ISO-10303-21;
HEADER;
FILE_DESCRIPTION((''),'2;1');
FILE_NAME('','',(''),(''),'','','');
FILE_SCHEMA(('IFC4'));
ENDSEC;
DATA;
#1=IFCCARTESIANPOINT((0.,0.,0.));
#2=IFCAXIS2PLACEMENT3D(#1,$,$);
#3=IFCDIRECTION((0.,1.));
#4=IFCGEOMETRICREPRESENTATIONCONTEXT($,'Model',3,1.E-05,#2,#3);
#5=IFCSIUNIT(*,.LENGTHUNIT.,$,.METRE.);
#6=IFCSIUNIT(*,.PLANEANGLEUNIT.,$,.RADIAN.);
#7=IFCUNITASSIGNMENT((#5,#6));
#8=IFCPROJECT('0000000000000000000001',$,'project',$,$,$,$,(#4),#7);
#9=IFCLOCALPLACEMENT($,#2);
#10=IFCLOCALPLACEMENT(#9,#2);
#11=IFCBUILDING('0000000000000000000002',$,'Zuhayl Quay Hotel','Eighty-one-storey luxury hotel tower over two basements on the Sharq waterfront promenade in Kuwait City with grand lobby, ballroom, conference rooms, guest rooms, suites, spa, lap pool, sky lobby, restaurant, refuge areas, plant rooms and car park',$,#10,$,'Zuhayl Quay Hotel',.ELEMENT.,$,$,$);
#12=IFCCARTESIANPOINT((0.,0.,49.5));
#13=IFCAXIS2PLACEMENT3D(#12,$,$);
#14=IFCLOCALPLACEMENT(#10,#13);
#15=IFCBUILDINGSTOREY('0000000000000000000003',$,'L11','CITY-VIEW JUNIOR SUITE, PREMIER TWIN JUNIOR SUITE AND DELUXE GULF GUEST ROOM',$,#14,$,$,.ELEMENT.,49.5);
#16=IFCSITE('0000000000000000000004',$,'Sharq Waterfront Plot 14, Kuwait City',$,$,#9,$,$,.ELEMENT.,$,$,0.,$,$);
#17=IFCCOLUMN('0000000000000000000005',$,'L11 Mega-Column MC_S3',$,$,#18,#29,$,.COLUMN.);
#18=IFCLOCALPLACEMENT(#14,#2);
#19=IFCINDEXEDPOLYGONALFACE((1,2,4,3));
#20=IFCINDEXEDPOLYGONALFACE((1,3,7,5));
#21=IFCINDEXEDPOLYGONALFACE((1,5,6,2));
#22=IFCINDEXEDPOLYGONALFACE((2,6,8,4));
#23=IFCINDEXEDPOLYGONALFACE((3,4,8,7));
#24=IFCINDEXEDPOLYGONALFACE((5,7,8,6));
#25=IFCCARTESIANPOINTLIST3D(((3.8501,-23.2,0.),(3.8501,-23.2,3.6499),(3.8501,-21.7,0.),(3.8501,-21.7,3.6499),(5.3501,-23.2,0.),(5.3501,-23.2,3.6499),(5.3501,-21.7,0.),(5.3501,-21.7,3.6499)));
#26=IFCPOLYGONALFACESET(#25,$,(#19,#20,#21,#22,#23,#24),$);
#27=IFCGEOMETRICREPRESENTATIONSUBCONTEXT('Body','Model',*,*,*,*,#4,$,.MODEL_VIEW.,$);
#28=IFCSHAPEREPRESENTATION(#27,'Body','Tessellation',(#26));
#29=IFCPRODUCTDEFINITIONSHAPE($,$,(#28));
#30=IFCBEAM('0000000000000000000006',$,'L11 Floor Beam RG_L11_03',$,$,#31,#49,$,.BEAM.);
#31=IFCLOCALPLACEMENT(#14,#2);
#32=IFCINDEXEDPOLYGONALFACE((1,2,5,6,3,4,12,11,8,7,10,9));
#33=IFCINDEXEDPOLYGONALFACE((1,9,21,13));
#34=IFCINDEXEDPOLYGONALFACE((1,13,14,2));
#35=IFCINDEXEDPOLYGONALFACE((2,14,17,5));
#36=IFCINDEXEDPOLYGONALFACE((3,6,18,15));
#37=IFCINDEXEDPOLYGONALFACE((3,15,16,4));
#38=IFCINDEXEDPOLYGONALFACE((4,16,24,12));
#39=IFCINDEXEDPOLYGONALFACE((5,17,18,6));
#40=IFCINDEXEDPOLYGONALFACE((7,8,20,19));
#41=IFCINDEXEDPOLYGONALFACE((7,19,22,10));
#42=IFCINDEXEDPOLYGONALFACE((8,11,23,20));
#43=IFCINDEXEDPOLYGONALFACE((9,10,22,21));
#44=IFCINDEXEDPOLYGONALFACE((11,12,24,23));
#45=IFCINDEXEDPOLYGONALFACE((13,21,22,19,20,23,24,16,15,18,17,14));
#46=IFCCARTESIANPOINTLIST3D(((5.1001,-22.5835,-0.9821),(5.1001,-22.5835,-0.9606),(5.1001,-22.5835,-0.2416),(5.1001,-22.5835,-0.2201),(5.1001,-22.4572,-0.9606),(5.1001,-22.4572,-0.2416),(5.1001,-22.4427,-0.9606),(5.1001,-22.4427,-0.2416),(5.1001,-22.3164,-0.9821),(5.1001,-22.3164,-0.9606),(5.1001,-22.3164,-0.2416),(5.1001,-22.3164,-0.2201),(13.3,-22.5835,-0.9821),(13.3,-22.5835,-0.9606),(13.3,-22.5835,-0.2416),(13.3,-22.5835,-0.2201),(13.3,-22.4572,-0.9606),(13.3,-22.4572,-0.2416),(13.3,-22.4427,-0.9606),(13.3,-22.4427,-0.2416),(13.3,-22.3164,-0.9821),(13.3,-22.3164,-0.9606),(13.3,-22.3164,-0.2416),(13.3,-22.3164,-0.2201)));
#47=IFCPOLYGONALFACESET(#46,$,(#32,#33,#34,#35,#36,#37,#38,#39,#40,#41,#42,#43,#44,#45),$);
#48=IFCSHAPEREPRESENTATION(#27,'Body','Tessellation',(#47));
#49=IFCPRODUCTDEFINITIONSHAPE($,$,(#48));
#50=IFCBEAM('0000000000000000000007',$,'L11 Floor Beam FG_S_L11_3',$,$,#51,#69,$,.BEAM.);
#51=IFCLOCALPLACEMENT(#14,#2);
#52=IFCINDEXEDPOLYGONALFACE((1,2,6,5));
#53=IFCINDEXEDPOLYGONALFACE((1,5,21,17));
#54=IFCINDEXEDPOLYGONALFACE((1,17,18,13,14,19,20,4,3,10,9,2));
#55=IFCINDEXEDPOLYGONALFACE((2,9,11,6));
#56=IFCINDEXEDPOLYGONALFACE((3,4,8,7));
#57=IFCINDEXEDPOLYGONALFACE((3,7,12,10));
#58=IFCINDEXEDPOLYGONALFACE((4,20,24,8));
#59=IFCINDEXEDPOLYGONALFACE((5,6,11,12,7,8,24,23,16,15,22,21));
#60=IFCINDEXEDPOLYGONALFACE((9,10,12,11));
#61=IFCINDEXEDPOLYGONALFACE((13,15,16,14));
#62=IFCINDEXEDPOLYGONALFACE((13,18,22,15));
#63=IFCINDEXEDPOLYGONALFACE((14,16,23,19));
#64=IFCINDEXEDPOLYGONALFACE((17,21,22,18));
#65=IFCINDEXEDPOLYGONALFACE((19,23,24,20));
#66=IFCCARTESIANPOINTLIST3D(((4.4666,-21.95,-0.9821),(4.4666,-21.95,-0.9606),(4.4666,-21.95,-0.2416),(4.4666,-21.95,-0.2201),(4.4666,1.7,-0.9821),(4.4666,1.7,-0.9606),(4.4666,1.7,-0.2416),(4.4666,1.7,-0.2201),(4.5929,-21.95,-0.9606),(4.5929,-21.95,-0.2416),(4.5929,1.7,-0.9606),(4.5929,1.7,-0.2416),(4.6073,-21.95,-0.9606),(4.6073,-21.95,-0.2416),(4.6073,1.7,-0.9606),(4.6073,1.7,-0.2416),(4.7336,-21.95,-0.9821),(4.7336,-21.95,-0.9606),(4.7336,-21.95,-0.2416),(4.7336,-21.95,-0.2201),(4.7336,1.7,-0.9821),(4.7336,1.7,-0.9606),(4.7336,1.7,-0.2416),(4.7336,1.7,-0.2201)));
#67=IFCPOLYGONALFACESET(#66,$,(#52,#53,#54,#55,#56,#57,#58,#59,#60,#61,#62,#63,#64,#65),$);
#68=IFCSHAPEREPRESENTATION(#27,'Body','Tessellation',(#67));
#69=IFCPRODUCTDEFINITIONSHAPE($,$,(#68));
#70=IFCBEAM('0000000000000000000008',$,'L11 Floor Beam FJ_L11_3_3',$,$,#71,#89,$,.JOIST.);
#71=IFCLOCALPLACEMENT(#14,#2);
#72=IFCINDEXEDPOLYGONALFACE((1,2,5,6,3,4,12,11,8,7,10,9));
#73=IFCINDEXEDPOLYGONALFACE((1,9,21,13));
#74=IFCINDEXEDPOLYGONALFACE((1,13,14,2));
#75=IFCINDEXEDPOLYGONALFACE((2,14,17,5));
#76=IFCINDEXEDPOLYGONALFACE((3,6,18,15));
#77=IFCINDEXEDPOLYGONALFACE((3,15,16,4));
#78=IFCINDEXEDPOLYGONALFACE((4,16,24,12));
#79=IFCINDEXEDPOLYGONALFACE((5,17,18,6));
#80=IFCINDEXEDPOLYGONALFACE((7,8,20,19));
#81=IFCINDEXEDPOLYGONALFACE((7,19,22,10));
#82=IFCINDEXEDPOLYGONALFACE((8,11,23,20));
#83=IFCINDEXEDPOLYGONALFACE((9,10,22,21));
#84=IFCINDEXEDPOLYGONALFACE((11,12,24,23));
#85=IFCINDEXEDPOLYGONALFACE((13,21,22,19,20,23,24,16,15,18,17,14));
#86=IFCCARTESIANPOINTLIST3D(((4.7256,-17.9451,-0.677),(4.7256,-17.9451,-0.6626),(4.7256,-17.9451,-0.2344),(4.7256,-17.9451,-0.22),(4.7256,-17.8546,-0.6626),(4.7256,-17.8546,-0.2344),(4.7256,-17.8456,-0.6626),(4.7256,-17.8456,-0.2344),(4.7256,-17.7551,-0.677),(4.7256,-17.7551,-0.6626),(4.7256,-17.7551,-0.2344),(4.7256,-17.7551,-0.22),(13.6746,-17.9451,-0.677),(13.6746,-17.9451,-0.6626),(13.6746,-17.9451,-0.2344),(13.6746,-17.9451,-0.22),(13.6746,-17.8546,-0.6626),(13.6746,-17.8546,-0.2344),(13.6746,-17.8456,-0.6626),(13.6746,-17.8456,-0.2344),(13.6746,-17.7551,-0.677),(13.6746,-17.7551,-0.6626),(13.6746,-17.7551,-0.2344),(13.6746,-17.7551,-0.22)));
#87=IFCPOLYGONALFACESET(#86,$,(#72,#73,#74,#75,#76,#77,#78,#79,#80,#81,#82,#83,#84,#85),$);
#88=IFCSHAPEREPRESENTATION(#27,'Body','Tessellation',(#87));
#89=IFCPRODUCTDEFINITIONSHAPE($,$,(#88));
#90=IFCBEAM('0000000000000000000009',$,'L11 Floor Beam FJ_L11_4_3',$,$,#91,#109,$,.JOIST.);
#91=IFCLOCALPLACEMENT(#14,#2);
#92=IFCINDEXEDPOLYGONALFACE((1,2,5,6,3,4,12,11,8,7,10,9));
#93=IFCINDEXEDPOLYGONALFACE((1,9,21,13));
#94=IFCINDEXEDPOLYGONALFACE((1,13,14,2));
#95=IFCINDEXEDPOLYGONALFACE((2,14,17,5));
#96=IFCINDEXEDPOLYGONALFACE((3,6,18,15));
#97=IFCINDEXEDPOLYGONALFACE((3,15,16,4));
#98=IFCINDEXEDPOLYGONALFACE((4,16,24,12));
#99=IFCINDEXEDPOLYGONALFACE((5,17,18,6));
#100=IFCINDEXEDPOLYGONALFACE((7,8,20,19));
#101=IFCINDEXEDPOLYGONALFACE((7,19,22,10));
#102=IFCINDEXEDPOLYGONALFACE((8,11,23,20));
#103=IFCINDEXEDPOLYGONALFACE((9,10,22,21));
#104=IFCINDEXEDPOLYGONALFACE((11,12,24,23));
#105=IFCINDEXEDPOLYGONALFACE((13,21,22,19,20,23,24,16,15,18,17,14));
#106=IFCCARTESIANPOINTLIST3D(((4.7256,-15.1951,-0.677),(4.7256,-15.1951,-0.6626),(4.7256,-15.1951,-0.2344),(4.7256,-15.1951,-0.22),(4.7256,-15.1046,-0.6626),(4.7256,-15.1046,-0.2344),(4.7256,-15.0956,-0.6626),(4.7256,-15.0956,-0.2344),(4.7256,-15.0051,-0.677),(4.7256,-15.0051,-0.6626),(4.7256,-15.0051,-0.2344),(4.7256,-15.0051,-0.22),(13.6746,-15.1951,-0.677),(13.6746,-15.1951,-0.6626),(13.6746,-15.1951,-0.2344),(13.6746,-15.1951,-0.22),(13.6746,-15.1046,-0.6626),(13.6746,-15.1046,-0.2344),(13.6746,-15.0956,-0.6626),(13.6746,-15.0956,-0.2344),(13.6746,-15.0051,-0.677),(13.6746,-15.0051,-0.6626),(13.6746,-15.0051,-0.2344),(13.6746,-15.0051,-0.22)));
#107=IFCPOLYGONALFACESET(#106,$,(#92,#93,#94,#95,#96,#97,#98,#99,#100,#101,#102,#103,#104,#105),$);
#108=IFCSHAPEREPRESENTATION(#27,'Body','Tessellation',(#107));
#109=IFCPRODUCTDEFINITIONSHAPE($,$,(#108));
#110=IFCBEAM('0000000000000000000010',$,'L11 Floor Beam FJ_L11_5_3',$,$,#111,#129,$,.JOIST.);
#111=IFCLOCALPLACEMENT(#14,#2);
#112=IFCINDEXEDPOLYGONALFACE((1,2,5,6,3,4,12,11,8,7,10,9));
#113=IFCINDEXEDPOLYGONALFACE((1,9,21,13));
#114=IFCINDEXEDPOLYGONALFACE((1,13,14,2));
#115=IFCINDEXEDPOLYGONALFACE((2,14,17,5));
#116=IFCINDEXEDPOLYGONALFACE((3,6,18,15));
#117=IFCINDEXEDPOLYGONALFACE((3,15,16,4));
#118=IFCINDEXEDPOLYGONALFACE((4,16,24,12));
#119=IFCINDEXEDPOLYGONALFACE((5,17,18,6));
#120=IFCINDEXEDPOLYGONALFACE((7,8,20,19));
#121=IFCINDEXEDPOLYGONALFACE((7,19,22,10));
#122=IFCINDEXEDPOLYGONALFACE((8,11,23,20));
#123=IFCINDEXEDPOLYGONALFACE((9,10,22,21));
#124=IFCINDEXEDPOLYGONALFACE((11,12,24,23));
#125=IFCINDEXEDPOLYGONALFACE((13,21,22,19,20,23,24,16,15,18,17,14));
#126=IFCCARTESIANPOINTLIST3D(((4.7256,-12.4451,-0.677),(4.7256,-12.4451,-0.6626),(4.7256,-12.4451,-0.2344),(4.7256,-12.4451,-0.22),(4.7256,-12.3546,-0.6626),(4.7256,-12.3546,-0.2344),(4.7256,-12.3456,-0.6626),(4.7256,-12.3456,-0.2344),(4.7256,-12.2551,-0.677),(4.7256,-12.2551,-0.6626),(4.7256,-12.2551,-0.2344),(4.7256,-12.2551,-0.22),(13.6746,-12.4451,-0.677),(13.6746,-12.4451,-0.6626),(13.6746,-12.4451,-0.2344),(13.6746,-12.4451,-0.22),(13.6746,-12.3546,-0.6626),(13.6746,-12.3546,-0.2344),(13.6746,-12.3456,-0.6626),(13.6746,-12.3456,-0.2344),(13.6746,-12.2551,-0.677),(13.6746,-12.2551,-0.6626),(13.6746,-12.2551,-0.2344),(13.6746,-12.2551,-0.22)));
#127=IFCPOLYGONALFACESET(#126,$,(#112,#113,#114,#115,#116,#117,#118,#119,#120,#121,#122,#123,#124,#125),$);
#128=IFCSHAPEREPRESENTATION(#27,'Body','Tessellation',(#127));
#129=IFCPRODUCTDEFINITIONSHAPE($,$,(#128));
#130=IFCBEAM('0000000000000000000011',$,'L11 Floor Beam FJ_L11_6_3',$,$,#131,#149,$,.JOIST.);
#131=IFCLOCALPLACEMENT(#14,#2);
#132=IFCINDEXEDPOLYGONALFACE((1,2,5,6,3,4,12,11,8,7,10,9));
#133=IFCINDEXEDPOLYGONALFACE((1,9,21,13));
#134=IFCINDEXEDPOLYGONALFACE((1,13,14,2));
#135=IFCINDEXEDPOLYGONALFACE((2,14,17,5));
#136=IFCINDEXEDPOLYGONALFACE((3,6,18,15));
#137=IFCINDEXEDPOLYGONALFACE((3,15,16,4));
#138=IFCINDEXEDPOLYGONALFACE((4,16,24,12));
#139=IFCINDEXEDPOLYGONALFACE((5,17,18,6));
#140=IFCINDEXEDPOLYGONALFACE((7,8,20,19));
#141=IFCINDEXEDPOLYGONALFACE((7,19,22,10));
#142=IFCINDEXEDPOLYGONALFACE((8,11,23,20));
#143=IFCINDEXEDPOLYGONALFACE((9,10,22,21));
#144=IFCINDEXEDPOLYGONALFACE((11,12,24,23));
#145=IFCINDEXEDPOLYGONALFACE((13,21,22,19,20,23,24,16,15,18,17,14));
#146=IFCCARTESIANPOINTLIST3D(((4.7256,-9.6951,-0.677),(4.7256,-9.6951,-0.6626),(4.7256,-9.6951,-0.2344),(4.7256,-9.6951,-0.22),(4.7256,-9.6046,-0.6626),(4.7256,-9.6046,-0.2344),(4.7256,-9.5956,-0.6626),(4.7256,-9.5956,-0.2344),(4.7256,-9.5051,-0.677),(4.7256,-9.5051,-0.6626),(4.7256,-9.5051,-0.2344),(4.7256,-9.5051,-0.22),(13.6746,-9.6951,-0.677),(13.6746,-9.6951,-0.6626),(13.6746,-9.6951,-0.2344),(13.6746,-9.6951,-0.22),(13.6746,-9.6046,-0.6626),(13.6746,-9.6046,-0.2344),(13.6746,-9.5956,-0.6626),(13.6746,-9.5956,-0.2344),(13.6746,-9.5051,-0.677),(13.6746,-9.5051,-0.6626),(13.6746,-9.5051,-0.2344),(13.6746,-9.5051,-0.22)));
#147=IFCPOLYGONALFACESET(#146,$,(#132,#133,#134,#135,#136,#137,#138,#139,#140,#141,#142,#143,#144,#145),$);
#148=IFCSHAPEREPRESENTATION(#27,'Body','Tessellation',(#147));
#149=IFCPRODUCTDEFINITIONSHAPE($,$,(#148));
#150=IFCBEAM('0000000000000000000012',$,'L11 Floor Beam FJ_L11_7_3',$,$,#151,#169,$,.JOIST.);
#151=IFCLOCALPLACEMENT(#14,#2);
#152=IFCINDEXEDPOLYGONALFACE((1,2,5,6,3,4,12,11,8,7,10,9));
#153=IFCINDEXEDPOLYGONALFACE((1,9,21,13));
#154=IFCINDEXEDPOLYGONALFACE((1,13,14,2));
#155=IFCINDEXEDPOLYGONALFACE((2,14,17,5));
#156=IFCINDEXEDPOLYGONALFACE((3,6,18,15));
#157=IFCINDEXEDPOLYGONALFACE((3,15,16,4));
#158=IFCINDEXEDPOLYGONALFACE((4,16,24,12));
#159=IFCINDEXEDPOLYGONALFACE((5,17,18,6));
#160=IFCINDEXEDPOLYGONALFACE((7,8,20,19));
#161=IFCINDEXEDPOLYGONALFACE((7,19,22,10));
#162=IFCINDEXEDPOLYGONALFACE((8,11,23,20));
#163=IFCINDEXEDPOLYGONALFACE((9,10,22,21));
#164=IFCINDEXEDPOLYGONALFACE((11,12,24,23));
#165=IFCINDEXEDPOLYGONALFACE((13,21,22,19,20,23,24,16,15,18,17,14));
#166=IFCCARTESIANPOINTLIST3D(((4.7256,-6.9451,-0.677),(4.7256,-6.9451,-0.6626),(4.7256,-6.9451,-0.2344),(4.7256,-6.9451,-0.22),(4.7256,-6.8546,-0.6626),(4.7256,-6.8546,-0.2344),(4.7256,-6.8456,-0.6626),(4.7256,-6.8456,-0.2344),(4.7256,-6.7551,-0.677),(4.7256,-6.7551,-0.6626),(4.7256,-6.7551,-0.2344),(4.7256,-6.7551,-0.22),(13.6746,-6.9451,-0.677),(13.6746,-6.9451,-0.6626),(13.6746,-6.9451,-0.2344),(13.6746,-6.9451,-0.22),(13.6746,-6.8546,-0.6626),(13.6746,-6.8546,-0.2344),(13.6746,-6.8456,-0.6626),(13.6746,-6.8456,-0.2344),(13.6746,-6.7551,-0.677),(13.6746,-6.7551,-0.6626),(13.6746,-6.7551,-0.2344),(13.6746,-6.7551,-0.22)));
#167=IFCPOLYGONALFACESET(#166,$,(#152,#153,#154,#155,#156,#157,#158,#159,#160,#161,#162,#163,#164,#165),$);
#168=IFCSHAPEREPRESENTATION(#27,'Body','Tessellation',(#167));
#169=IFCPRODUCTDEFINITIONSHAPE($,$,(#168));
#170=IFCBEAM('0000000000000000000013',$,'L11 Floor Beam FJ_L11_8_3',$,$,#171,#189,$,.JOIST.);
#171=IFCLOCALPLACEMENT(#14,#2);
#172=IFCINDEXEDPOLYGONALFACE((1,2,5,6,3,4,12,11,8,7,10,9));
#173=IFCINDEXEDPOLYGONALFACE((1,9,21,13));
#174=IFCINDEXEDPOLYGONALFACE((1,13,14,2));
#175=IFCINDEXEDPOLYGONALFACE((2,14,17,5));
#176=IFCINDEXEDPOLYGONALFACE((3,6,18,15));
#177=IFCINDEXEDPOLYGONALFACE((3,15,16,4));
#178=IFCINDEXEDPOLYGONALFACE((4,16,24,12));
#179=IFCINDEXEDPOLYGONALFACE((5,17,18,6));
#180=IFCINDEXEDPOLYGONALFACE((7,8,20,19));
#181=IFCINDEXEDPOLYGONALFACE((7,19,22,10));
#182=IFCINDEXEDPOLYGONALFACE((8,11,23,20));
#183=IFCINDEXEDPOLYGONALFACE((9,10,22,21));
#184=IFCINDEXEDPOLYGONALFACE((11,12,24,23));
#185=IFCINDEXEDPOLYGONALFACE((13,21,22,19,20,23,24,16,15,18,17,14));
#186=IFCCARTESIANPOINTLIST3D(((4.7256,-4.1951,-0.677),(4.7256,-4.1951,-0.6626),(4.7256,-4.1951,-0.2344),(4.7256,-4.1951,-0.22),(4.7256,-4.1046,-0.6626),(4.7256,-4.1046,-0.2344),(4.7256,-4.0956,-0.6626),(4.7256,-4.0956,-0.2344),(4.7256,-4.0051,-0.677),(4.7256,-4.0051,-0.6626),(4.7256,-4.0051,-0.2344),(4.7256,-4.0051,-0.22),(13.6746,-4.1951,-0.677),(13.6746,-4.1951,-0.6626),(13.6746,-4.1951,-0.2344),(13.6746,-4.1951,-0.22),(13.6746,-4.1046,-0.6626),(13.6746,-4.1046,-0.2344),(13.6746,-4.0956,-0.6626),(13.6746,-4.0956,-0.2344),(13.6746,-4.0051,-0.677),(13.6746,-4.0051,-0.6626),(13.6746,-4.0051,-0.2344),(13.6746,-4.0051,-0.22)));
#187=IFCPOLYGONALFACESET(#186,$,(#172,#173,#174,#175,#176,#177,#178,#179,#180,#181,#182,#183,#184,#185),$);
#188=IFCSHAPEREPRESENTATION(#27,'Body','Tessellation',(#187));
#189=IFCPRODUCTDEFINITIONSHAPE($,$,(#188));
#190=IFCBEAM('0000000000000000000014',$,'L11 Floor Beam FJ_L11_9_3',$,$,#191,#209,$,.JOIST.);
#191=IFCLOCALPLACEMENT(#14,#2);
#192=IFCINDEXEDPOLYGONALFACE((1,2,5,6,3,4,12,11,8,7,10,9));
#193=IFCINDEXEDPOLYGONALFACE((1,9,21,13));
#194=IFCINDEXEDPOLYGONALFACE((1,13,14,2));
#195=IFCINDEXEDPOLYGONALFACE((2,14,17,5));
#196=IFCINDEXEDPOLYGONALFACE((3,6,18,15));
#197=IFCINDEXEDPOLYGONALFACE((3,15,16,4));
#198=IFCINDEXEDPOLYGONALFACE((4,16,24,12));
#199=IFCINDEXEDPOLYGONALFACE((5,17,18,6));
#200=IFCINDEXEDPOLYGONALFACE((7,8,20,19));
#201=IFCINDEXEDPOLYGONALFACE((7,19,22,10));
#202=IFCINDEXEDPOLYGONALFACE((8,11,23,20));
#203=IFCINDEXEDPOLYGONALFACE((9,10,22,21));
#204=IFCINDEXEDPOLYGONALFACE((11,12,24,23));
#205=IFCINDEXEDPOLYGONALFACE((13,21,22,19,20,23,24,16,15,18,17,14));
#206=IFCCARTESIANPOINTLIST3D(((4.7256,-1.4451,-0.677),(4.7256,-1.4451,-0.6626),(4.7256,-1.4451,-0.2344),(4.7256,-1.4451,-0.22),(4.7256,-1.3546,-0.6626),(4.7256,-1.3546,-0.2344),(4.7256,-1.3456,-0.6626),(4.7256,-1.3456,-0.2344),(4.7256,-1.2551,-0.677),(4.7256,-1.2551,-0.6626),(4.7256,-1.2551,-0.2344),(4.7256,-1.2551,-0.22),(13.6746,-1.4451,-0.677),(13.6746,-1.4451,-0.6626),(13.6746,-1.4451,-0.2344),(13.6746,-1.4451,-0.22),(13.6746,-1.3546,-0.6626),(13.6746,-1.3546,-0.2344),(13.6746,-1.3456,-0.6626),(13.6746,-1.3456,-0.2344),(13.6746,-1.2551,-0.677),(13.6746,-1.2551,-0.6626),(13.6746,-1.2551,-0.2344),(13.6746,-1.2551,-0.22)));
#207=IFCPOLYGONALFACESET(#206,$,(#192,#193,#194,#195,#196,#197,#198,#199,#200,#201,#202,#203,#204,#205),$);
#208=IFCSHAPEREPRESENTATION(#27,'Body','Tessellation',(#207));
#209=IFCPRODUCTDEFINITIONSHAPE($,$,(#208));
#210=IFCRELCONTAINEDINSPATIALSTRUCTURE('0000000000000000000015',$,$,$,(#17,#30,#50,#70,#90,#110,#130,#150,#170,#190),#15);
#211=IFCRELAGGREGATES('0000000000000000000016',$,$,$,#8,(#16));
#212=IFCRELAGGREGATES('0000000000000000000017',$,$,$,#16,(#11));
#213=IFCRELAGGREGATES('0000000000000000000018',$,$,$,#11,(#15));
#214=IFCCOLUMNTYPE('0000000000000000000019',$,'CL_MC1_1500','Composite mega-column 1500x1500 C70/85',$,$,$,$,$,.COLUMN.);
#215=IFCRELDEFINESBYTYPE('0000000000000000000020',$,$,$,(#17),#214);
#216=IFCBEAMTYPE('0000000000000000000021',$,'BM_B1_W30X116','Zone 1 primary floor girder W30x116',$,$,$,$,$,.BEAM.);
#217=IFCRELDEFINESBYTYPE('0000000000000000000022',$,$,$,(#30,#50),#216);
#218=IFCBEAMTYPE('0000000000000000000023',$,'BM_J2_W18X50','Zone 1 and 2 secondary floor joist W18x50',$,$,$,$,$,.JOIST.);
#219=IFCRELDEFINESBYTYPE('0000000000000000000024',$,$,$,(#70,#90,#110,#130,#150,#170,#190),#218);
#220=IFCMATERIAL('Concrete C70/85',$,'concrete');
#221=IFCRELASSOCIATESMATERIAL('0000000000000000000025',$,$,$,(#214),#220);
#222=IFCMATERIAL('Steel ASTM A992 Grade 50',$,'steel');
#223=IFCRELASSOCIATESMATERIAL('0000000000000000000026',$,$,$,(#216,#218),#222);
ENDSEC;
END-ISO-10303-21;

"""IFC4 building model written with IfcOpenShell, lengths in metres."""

from ifc_helpers import new_model, si_unit, direction, frame, origin, origin_2d, place, context, subcontext, project, spatial, rectangle, i_section, extrude, material, material_profile, profile_set, type_object, element, save


model = new_model("IFC4")

# Units and contexts
model_context = context("Model", 3, precision=1e-05, world=origin(), true_north=direction((0.0, 1.0)))
body_context = subcontext(model_context, "Body", "Model", "MODEL_VIEW")
ifc_project = project(units=[si_unit("LENGTHUNIT", "METRE"), si_unit("PLANEANGLEUNIT", "RADIAN")], contexts=[model_context])

# Site, building, storey
site_placement = place(None, origin())
site = spatial("IfcSite", under=ifc_project, at=site_placement, Name="Sharq Waterfront Plot 14, Kuwait City", CompositionType="ELEMENT", RefElevation=0.0)
building_placement = place(site_placement, origin())
building = spatial("IfcBuilding", under=site, at=building_placement, Name="Zuhayl Quay Hotel", Description="Eighty-one-storey luxury hotel tower over two basements on the Sharq waterfront promenade in Kuwait City with grand lobby, ballroom, conference rooms, guest rooms, suites, spa, lap pool, sky lobby, restaurant, refuge areas, plant rooms and car park", LongName="Zuhayl Quay Hotel", CompositionType="ELEMENT")
storey_placement = place(building_placement, frame((0.0, 0.0, 49.5)))
storey = spatial("IfcBuildingStorey", under=building, at=storey_placement, Name="L11", Description="CITY-VIEW JUNIOR SUITE, PREMIER TWIN JUNIOR SUITE AND DELUXE GULF GUEST ROOM", CompositionType="ELEMENT", Elevation=49.5)

# Column
ifc_material_1 = material(Name="Concrete C70/85", Category="concrete")
ifc_material_profile_1 = material_profile(ifc_material_1, rectangle(XDim=1.5, YDim=1.5, at=origin_2d()), Name="RC1500X1500")
ifc_profile_set_1 = profile_set([ifc_material_profile_1], Name="Concrete C70/85")
column_type = type_object("IfcColumnType", Name="CL_MC1_1500", Description="Composite mega-column 1500x1500 C70/85", PredefinedType="COLUMN", material=ifc_profile_set_1)
column_placement = place(storey_placement, frame((4.6001, -22.45, 0.0), z_axis=(0.0, 0.0, 1.0), x_axis=(1.0, 0.0, 0.0)))
element("IfcColumn", 1, at=column_placement, inside=storey, type_object=column_type, Name="L11 Mega-Column MC_S3", PredefinedType="COLUMN", context=body_context, shape_type="SweptSolid", body=[
    extrude(rectangle(XDim=1.5, YDim=1.5, at=origin_2d()), origin(), (0.0, 0.0, 1.0), 3.6499),
])

# Beams
ifc_material_2 = material(Name="Steel ASTM A992 Grade 50", Category="steel")
ifc_material_profile_2 = material_profile(ifc_material_2, i_section(OverallWidth=0.2671, OverallDepth=0.762, WebThickness=0.0144, FlangeThickness=0.0215, at=origin_2d()), Name="W30X116")
ifc_profile_set_2 = profile_set([ifc_material_profile_2], Name="Steel ASTM A992 Grade 50")
beam_type_1 = type_object("IfcBeamType", Name="BM_B1_W30X116", Description="Zone 1 primary floor girder W30x116", PredefinedType="BEAM", material=ifc_profile_set_2)
beam_1_placement = place(storey_placement, frame((5.1001, -22.45, -0.6011), z_axis=(1.0, 0.0, 0.0), x_axis=(0.0, 1.0, 0.0)))
element("IfcBeam", 2, at=beam_1_placement, inside=storey, type_object=beam_type_1, Name="L11 Floor Beam RG_L11_03", PredefinedType="BEAM", context=body_context, shape_type="SweptSolid", body=[
    extrude(i_section(OverallWidth=0.2671, OverallDepth=0.762, WebThickness=0.0144, FlangeThickness=0.0215, at=origin_2d()), origin(), (0.0, 0.0, 1.0), 8.2),
])
beam_2_placement = place(storey_placement, frame((4.6001, -21.95, -0.6011), z_axis=(0.0, 1.0, 0.0), x_axis=(-1.0, 0.0, 0.0)))
element("IfcBeam", 3, at=beam_2_placement, inside=storey, type_object=beam_type_1, Name="L11 Floor Beam FG_S_L11_3", PredefinedType="BEAM", context=body_context, shape_type="SweptSolid", body=[
    extrude(i_section(OverallWidth=0.2671, OverallDepth=0.762, WebThickness=0.0144, FlangeThickness=0.0215, at=origin_2d()), origin(), (0.0, 0.0, 1.0), 23.6499),
])
ifc_material_profile_3 = material_profile(ifc_material_2, i_section(OverallWidth=0.1899, OverallDepth=0.457, WebThickness=0.009, FlangeThickness=0.0144, at=origin_2d()), Name="W18X50")
ifc_profile_set_3 = profile_set([ifc_material_profile_3], Name="Steel ASTM A992 Grade 50")
beam_type_2 = type_object("IfcBeamType", Name="BM_J2_W18X50", Description="Zone 1 and 2 secondary floor joist W18x50", PredefinedType="JOIST", material=ifc_profile_set_3)
for number, where, z_axis, x_axis, name in (
    (4, (4.7256, -17.8501, -0.4485), (1.0, 0.0, 0.0), (0.0, 1.0, 0.0), "L11 Floor Beam FJ_L11_3_3"),
    (5, (4.7256, -15.1001, -0.4485), (1.0, 0.0, 0.0), (0.0, 1.0, 0.0), "L11 Floor Beam FJ_L11_4_3"),
    (6, (4.7256, -12.3501, -0.4485), (1.0, 0.0, 0.0), (0.0, 1.0, 0.0), "L11 Floor Beam FJ_L11_5_3"),
    (7, (4.7256, -9.6001, -0.4485), (1.0, 0.0, 0.0), (0.0, 1.0, 0.0), "L11 Floor Beam FJ_L11_6_3"),
    (8, (4.7256, -6.8501, -0.4485), (1.0, 0.0, 0.0), (0.0, 1.0, 0.0), "L11 Floor Beam FJ_L11_7_3"),
    (9, (4.7256, -4.1001, -0.4485), (1.0, 0.0, 0.0), (0.0, 1.0, 0.0), "L11 Floor Beam FJ_L11_8_3"),
    (10, (4.7256, -1.3501, -0.4485), (1.0, 0.0, 0.0), (0.0, 1.0, 0.0), "L11 Floor Beam FJ_L11_9_3"),
):
    element("IfcBeam", number, at=place(storey_placement, frame(where, z_axis=z_axis, x_axis=x_axis)), inside=storey, type_object=beam_type_2, Name=name, PredefinedType="JOIST", context=body_context, shape_type="SweptSolid", body=[
        extrude(i_section(OverallWidth=0.1899, OverallDepth=0.457, WebThickness=0.009, FlangeThickness=0.0144, at=origin_2d()), origin(), (0.0, 0.0, 1.0), 8.949),
    ])

save(model, "model.ifc")
